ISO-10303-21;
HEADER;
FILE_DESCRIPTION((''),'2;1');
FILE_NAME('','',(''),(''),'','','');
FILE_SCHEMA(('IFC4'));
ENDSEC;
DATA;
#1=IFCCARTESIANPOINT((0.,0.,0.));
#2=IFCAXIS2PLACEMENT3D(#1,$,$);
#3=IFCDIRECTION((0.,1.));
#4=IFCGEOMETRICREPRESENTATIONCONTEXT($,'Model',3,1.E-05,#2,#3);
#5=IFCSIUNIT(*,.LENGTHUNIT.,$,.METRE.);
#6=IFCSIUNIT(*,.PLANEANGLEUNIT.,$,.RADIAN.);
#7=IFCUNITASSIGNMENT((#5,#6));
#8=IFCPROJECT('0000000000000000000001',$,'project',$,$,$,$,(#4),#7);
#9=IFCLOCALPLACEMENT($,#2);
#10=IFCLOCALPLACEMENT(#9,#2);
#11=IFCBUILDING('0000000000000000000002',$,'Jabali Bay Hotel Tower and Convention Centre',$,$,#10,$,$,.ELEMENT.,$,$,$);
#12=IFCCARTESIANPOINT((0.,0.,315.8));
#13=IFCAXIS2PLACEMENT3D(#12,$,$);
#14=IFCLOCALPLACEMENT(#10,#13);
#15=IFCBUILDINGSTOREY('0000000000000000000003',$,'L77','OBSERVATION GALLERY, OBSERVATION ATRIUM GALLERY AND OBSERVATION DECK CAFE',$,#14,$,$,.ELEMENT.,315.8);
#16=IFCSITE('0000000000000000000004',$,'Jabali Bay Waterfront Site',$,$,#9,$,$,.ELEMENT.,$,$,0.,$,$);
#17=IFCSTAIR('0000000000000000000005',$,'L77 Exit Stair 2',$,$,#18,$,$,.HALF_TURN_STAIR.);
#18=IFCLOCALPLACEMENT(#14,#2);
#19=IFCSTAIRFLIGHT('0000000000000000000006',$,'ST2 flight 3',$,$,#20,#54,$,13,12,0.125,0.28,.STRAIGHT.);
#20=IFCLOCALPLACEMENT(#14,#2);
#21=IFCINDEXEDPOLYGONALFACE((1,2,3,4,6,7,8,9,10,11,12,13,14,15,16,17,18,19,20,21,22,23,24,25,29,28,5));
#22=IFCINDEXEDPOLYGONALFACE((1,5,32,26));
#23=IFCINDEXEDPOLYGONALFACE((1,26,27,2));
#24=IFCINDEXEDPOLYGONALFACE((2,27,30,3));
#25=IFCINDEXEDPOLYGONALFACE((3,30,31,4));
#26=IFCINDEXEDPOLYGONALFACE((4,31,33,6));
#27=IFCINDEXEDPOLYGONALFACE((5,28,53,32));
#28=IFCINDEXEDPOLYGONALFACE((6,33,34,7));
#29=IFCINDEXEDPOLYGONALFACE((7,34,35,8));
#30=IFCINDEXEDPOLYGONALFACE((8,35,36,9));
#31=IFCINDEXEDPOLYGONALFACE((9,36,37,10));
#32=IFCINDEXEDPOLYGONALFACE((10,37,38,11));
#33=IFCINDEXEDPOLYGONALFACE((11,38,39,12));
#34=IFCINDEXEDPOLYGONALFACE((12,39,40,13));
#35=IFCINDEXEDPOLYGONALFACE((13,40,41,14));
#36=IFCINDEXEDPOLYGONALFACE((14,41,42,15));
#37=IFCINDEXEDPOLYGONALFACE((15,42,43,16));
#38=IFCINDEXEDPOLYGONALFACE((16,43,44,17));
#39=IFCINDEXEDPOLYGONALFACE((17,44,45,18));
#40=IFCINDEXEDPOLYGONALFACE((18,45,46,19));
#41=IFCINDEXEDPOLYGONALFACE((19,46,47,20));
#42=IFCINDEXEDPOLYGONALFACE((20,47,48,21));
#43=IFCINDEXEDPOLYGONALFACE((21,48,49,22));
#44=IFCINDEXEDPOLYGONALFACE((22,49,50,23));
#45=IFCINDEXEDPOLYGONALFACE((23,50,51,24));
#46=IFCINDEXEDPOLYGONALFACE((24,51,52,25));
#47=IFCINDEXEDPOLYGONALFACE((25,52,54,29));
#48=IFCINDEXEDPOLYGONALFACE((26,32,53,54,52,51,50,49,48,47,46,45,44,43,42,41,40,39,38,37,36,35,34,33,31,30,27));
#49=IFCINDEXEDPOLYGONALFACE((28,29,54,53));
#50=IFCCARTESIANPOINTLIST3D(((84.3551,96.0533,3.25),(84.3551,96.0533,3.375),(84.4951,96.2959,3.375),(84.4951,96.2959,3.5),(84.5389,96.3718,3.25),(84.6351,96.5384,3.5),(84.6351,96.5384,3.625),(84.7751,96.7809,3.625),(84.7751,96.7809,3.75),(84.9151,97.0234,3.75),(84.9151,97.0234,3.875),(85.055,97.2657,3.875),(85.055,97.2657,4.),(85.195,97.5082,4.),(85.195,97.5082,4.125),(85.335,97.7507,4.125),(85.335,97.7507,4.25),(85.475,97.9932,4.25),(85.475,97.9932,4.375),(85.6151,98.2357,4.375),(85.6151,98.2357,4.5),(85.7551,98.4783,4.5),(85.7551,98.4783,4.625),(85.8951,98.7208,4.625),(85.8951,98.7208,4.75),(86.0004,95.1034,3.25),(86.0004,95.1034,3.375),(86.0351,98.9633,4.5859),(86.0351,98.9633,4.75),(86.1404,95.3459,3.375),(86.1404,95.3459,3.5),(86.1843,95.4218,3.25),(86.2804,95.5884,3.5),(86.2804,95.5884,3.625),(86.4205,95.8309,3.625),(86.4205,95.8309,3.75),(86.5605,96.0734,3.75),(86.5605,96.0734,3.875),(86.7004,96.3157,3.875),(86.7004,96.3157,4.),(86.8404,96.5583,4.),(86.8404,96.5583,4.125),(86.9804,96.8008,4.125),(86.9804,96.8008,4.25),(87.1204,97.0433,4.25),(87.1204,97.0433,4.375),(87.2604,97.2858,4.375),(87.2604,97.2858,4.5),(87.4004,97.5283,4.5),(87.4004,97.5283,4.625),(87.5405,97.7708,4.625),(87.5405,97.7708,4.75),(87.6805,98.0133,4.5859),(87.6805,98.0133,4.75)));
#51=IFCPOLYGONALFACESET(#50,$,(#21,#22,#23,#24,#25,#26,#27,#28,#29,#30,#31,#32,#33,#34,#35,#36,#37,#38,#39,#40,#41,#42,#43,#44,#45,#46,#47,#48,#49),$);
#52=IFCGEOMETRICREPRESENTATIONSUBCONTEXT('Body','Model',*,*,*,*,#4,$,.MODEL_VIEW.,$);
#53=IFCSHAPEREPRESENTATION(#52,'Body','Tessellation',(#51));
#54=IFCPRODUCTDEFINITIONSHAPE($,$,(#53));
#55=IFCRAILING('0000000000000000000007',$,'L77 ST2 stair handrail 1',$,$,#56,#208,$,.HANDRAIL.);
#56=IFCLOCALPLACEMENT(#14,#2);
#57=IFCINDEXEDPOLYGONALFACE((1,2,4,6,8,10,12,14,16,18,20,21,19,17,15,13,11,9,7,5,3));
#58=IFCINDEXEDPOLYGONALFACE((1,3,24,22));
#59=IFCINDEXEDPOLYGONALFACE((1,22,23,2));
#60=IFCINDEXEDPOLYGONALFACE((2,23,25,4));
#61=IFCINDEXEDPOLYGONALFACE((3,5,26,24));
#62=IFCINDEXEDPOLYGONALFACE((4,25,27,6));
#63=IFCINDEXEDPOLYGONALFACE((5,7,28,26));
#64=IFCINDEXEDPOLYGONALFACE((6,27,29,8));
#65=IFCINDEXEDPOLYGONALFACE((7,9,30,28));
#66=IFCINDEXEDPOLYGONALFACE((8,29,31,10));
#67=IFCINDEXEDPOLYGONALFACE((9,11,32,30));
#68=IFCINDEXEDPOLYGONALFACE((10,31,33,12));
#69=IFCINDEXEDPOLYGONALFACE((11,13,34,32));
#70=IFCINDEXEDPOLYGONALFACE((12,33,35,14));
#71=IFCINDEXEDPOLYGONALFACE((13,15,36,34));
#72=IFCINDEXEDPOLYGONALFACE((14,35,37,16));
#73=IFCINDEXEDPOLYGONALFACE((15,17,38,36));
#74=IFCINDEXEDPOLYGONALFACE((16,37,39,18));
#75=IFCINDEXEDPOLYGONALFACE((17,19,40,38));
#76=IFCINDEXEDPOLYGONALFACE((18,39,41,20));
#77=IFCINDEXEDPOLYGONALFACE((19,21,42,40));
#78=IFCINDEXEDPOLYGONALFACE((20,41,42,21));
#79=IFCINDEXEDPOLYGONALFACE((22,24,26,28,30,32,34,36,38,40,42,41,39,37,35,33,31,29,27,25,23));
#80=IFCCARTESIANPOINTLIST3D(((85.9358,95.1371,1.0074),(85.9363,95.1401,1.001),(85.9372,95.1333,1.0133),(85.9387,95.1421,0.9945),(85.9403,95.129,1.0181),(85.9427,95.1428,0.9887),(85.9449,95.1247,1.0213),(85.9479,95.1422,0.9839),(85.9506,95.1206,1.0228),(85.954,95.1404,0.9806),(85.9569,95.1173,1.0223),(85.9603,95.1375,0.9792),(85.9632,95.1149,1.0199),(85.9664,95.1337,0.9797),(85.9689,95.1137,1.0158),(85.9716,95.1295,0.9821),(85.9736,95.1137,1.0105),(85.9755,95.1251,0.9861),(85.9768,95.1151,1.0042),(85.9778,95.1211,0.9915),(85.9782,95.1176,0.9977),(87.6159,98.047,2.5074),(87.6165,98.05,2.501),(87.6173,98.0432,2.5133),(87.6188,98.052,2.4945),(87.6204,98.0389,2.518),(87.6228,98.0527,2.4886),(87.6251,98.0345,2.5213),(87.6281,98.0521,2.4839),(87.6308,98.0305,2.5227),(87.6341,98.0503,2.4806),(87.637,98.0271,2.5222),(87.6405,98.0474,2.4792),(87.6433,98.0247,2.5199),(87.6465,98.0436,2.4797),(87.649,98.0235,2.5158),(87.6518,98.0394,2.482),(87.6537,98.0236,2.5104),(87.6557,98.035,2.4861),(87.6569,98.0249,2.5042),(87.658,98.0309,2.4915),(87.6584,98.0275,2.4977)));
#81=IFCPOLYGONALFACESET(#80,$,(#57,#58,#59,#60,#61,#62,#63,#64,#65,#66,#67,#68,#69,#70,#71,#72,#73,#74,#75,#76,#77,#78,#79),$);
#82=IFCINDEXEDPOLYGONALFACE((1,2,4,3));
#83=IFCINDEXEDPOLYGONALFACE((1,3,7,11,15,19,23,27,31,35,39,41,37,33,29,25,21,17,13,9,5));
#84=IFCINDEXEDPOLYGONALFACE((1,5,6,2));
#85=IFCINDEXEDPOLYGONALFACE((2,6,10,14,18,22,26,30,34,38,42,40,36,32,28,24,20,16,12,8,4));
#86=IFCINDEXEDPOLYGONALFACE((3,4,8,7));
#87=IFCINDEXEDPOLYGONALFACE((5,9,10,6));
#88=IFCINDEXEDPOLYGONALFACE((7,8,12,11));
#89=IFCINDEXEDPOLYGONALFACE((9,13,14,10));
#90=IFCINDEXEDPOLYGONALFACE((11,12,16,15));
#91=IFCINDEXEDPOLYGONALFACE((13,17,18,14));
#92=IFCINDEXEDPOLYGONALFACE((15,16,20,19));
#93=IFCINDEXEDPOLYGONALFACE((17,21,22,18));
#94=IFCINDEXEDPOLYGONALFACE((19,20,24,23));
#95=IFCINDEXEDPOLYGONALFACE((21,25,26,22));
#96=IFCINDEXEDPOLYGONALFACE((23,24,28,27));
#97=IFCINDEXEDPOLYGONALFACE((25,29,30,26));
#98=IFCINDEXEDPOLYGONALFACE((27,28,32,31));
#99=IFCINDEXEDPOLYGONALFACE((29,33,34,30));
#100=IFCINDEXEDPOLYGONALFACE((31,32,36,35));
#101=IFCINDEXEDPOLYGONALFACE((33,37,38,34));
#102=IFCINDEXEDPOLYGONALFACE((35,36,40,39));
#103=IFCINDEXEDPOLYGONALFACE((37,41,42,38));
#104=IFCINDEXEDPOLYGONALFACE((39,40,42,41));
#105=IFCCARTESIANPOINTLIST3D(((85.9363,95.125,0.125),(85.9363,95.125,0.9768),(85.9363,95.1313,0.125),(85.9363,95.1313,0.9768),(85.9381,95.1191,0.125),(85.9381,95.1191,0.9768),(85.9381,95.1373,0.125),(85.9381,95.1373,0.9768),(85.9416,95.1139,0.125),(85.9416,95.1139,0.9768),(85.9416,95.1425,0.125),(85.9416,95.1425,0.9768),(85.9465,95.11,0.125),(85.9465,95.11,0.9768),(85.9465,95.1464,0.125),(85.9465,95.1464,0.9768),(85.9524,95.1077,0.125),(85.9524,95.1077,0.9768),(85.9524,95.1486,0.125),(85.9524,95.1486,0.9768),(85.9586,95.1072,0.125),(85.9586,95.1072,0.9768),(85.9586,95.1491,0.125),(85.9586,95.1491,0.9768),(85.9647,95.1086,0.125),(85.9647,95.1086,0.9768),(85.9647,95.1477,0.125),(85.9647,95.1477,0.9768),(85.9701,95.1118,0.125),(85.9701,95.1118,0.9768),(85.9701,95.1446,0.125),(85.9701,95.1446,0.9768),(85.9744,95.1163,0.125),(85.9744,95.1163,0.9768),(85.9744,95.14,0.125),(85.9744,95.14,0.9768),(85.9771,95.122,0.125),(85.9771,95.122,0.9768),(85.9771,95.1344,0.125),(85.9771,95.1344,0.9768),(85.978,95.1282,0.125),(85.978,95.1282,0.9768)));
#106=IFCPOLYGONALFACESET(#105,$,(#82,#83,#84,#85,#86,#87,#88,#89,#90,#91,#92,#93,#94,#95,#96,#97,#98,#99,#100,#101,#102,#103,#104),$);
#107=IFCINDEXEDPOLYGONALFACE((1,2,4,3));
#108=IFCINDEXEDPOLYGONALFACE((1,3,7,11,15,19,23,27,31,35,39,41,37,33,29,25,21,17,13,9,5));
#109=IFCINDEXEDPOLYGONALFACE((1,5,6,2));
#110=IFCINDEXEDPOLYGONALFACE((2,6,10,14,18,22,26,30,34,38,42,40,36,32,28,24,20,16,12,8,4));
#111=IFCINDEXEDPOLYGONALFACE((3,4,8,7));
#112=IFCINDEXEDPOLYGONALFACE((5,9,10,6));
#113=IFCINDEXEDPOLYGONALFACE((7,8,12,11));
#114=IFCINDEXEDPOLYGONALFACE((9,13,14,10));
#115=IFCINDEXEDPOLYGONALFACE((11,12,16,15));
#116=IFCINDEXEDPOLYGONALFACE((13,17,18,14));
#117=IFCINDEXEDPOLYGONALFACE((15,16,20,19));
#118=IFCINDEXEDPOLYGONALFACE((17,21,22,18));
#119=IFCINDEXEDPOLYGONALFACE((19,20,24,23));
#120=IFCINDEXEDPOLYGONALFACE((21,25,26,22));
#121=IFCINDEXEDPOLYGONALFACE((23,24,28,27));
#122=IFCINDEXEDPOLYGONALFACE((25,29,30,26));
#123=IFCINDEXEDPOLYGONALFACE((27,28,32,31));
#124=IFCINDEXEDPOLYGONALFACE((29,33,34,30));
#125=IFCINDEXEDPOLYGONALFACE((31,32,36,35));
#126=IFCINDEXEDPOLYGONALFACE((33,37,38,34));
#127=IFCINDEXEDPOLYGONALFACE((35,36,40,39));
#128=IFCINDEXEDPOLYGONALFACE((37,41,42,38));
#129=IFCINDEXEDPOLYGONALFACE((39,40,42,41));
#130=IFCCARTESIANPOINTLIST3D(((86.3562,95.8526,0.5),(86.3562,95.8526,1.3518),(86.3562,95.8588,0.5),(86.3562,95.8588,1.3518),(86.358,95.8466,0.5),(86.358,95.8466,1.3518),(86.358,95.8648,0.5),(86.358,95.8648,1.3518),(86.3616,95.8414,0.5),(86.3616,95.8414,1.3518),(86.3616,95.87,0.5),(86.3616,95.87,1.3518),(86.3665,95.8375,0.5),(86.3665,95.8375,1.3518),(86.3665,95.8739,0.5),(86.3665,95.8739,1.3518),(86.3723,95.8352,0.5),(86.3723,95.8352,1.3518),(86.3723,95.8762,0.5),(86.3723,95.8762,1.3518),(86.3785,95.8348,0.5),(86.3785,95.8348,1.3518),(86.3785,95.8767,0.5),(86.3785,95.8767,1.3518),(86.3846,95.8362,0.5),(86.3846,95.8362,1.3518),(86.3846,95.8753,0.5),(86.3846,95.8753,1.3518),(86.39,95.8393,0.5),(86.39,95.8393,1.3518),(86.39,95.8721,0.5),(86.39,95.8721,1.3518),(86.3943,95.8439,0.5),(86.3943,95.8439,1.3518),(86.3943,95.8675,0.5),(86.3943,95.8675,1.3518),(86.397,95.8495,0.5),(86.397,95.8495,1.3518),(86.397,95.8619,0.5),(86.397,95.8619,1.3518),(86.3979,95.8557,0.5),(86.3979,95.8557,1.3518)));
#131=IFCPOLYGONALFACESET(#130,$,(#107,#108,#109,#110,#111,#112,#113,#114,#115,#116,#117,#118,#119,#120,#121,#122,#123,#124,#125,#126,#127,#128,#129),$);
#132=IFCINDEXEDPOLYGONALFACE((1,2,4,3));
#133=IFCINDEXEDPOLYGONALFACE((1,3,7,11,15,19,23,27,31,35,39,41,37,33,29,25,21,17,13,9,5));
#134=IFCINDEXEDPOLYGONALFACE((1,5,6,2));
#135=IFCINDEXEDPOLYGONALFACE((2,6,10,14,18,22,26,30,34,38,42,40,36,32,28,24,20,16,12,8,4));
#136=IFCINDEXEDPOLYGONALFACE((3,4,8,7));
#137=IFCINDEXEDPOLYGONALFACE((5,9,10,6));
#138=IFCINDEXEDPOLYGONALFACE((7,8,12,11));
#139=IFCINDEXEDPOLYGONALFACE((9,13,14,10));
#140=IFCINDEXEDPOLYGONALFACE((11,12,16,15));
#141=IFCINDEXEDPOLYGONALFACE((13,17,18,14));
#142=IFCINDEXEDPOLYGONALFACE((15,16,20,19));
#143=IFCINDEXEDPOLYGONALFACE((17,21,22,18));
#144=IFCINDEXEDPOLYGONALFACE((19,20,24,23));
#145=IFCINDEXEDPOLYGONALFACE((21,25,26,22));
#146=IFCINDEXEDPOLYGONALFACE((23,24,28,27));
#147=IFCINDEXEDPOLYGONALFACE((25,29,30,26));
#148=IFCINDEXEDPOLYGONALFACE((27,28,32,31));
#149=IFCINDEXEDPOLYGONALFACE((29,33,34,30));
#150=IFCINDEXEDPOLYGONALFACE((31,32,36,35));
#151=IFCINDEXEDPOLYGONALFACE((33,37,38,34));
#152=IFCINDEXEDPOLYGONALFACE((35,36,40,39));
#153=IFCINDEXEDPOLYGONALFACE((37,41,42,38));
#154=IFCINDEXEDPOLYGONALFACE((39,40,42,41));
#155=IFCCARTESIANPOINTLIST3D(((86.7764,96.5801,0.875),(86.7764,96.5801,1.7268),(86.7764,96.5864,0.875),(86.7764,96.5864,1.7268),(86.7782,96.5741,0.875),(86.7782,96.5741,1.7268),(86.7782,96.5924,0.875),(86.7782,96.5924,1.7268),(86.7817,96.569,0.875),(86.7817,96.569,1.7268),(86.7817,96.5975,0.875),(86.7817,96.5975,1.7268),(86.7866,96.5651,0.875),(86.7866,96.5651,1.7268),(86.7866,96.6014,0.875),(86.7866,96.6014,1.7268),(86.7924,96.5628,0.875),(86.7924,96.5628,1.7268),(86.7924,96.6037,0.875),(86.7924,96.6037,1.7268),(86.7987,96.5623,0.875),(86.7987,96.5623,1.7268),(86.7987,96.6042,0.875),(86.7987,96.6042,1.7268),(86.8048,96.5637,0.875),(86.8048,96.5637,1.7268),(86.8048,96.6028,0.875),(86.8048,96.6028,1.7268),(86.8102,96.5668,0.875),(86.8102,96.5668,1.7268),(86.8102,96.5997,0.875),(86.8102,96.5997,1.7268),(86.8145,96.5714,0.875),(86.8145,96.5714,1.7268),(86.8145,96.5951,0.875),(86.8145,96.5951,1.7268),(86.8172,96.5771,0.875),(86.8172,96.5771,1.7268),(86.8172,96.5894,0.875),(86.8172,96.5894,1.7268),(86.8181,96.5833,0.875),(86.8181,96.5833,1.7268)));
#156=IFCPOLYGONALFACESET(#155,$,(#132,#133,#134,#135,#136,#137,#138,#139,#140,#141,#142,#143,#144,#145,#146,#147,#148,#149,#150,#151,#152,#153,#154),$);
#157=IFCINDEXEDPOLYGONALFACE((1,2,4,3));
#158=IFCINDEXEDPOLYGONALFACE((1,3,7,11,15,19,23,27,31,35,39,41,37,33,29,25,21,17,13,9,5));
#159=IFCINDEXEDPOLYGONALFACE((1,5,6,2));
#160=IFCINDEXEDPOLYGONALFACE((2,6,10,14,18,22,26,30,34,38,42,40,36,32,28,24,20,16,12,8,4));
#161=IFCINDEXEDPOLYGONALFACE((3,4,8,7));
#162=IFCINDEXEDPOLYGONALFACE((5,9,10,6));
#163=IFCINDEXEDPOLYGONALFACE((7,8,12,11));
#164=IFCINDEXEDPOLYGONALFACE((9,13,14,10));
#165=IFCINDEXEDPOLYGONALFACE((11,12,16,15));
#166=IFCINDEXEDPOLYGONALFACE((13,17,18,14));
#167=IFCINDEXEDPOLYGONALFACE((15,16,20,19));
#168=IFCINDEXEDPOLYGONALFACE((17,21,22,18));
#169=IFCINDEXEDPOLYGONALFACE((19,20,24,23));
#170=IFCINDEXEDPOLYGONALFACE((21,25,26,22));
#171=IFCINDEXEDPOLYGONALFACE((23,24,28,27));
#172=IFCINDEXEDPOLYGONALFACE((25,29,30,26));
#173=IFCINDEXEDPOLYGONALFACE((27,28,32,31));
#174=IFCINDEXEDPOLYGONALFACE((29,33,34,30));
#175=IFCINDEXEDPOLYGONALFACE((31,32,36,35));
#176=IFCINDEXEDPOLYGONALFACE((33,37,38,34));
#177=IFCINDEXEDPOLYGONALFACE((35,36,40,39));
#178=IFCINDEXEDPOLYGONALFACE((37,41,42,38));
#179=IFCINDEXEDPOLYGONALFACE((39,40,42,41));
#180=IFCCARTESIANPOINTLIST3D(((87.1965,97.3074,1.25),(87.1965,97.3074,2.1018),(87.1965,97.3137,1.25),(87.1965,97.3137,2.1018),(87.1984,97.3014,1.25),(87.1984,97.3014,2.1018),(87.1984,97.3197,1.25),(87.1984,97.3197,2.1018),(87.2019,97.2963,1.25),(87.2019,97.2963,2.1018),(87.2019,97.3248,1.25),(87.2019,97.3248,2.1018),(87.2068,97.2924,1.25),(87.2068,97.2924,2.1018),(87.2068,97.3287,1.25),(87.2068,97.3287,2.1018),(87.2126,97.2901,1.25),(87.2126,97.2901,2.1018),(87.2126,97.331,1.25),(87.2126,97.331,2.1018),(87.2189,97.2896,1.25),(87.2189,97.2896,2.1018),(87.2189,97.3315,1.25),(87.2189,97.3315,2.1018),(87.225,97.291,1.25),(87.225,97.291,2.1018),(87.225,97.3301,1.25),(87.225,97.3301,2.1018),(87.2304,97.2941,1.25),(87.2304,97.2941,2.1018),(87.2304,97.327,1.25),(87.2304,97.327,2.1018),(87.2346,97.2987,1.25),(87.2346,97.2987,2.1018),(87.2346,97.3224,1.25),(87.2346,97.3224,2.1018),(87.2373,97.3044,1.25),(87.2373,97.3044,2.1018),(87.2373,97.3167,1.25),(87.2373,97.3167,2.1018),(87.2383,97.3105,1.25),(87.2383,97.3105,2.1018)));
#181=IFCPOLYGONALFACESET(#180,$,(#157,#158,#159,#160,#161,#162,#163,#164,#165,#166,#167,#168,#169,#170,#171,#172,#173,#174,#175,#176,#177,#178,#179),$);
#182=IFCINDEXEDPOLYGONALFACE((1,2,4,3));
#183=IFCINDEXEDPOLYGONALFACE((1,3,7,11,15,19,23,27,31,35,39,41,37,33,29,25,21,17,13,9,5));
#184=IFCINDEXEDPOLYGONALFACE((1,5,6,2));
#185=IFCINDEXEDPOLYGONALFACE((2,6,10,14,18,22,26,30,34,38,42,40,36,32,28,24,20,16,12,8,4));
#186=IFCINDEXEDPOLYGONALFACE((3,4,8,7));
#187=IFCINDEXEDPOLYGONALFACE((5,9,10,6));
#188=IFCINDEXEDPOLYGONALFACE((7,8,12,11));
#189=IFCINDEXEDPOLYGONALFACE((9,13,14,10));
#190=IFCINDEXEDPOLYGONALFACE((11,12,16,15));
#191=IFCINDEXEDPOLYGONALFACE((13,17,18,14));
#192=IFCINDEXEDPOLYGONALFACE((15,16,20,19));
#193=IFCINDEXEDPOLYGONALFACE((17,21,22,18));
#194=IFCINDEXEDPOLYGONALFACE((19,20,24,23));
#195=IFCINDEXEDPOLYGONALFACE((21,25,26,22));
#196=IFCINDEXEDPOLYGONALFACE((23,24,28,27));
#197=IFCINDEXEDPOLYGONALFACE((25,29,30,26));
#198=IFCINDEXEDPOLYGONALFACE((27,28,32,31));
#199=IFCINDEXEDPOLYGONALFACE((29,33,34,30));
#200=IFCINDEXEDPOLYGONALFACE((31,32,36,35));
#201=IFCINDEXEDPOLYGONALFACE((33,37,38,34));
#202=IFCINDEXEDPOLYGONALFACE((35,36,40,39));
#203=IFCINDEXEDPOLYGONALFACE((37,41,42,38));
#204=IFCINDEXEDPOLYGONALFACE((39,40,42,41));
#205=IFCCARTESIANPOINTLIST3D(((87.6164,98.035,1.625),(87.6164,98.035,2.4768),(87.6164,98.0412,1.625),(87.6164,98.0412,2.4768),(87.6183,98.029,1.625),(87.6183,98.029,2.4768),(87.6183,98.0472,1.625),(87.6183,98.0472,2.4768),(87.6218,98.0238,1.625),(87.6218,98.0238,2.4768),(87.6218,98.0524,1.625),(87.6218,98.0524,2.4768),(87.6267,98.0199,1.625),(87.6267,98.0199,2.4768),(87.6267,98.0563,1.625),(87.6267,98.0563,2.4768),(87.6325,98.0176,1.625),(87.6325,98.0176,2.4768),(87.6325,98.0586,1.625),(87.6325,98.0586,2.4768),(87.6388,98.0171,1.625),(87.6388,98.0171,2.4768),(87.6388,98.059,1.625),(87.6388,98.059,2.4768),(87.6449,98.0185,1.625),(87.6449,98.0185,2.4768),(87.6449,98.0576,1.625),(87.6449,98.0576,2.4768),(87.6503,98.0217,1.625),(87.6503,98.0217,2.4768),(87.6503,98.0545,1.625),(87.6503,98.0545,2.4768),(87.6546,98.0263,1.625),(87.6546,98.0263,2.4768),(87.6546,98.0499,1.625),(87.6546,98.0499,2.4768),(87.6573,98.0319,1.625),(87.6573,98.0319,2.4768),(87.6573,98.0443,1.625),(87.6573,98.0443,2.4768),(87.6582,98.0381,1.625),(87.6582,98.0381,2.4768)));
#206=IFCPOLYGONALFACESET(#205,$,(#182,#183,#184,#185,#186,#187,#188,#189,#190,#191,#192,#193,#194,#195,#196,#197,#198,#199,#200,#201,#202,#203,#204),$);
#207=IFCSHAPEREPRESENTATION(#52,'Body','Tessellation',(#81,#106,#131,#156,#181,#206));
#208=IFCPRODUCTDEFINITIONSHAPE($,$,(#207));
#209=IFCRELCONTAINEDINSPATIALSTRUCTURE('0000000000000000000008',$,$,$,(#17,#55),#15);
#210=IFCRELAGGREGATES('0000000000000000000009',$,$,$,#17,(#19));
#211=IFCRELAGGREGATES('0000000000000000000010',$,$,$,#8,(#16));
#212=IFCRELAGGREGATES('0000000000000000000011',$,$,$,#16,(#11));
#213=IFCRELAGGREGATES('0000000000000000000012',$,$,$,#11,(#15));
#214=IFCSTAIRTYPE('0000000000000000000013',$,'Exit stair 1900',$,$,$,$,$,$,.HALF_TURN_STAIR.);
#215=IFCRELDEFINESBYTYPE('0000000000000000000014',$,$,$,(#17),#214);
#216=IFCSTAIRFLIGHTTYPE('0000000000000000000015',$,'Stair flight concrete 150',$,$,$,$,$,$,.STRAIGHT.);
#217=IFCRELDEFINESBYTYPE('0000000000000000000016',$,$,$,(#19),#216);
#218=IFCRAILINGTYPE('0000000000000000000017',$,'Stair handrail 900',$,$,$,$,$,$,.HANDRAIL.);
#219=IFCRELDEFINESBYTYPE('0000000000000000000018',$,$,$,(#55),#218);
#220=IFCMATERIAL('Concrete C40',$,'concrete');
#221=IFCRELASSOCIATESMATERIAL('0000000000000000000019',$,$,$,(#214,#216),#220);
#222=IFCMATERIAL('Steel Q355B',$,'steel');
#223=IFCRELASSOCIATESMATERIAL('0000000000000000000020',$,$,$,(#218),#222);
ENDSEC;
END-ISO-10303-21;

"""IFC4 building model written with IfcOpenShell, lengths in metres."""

from ifc_helpers import new_model, si_unit, direction, frame, origin, origin_2d, place, context, subcontext, project, spatial, polyline, circle, outline, extrude, material, type_object, element, aggregate, save


model = new_model("IFC4")

# Units and contexts
model_context = context("Model", 3, precision=1e-05, world=origin(), true_north=direction((0.0, 1.0)))
body_context = subcontext(model_context, "Body", "Model", "MODEL_VIEW")
ifc_project = project(units=[si_unit("LENGTHUNIT", "METRE"), si_unit("PLANEANGLEUNIT", "RADIAN")], contexts=[model_context])

# Site, building, storey
site_placement = place(None, origin())
site = spatial("IfcSite", under=ifc_project, at=site_placement, Name="Jabali Bay Waterfront Site", CompositionType="ELEMENT", RefElevation=0.0)
building_placement = place(site_placement, origin())
building = spatial("IfcBuilding", under=site, at=building_placement, Name="Jabali Bay Hotel Tower and Convention Centre", CompositionType="ELEMENT")
storey_placement = place(building_placement, frame((0.0, 0.0, 315.8)))
storey = spatial("IfcBuildingStorey", under=building, at=storey_placement, Name="L77", Description="OBSERVATION GALLERY, OBSERVATION ATRIUM GALLERY AND OBSERVATION DECK CAFE", CompositionType="ELEMENT", Elevation=315.8)

# Shared definitions
ifc_material_1 = material(Name="Concrete C40", Category="concrete")

# Stair, stair flight
stair_type = type_object("IfcStairType", Name="Exit stair 1900", PredefinedType="HALF_TURN_STAIR", material=ifc_material_1)
stair_placement = place(storey_placement, origin())
stair = element("IfcStair", 1, at=stair_placement, inside=storey, type_object=stair_type, Name="L77 Exit Stair 2", PredefinedType="HALF_TURN_STAIR")
stair_flight_type = type_object("IfcStairFlightType", Name="Stair flight concrete 150", PredefinedType="STRAIGHT", material=ifc_material_1)
stair_flight_1_placement = place(storey_placement, frame((85.1777, 95.5784, 3.25), z_axis=(0.0, 0.0, 1.0), x_axis=(0.5, 0.866025, 0.0)))
stair_flight_1 = element("IfcStairFlight", 2, at=stair_flight_1_placement, type_object=stair_flight_type, Name="ST2 flight 3", NumberOfRisers=13, NumberOfTreads=12, PredefinedType="STRAIGHT", RiserHeight=0.125, TreadLength=0.28, context=body_context, shape_type="SweptSolid", body=[
    extrude(outline(polyline([(0.0, 0.0), (0.0, 0.125), (0.28, 0.125), (0.28, 0.25), (0.5601, 0.25), (0.5601, 0.375), (0.8401, 0.375), (0.8401, 0.5), (1.1201, 0.5), (1.1201, 0.625), (1.3999, 0.625), (1.3999, 0.75), (1.6799, 0.75), (1.6799, 0.875), (1.96, 0.875), (1.96, 1.0), (2.24, 1.0), (2.24, 1.125), (2.52, 1.125), (2.52, 1.25), (2.8, 1.25), (2.8, 1.375), (3.0801, 1.375), (3.0801, 1.5), (3.3601, 1.5), (3.3601, 1.625), (3.3601, 1.3359), (0.3677, 0.0), (0.0, 0.0)])), frame((0.0, 0.95, 0.0), z_axis=(0.0, -1.0, 0.0), x_axis=(1.0, 0.0, 0.0)), (0.0, 0.0, 1.0), 1.8999),
])
aggregate(stair, [stair_flight_1])

# Railing
ifc_material_2 = material(Name="Steel Q355B", Category="steel")
railing_type_1 = type_object("IfcRailingType", Name="Stair handrail 900", PredefinedType="HANDRAIL", material=ifc_material_2)
for number, where, name in (
    (3, (85.957, 95.1282, 0.125), "L77 ST2 stair handrail 1"),
):
    element("IfcRailing", number, at=place(storey_placement, frame(where)), inside=storey, type_object=railing_type_1, Name=name, PredefinedType="HANDRAIL", context=body_context, shape_type="SweptSolid", body=[
        extrude(circle(Radius=0.0239, at=origin_2d()), frame((0.0, 0.0, 0.876), z_axis=(0.4566, 0.79079, 0.407636), x_axis=(-0.866008, 0.500031, 0.0)), (0.0, 0.0, 1.0), 3.6797),
        extrude(circle(Radius=0.021, at=origin_2d()), origin(), (0.0, 0.0, 1.0), 0.8518),
        extrude(circle(Radius=0.021, at=origin_2d()), frame((0.4199, 0.7275, 0.375)), (0.0, 0.0, 1.0), 0.8518),
        extrude(circle(Radius=0.021, at=origin_2d()), frame((0.8401, 1.4551, 0.75)), (0.0, 0.0, 1.0), 0.8518),
        extrude(circle(Radius=0.021, at=origin_2d()), frame((1.2603, 2.1824, 1.125)), (0.0, 0.0, 1.0), 0.8518),
        extrude(circle(Radius=0.021, at=origin_2d()), frame((1.6802, 2.9099, 1.5)), (0.0, 0.0, 1.0), 0.8518),
    ])

save(model, "model.ifc")
